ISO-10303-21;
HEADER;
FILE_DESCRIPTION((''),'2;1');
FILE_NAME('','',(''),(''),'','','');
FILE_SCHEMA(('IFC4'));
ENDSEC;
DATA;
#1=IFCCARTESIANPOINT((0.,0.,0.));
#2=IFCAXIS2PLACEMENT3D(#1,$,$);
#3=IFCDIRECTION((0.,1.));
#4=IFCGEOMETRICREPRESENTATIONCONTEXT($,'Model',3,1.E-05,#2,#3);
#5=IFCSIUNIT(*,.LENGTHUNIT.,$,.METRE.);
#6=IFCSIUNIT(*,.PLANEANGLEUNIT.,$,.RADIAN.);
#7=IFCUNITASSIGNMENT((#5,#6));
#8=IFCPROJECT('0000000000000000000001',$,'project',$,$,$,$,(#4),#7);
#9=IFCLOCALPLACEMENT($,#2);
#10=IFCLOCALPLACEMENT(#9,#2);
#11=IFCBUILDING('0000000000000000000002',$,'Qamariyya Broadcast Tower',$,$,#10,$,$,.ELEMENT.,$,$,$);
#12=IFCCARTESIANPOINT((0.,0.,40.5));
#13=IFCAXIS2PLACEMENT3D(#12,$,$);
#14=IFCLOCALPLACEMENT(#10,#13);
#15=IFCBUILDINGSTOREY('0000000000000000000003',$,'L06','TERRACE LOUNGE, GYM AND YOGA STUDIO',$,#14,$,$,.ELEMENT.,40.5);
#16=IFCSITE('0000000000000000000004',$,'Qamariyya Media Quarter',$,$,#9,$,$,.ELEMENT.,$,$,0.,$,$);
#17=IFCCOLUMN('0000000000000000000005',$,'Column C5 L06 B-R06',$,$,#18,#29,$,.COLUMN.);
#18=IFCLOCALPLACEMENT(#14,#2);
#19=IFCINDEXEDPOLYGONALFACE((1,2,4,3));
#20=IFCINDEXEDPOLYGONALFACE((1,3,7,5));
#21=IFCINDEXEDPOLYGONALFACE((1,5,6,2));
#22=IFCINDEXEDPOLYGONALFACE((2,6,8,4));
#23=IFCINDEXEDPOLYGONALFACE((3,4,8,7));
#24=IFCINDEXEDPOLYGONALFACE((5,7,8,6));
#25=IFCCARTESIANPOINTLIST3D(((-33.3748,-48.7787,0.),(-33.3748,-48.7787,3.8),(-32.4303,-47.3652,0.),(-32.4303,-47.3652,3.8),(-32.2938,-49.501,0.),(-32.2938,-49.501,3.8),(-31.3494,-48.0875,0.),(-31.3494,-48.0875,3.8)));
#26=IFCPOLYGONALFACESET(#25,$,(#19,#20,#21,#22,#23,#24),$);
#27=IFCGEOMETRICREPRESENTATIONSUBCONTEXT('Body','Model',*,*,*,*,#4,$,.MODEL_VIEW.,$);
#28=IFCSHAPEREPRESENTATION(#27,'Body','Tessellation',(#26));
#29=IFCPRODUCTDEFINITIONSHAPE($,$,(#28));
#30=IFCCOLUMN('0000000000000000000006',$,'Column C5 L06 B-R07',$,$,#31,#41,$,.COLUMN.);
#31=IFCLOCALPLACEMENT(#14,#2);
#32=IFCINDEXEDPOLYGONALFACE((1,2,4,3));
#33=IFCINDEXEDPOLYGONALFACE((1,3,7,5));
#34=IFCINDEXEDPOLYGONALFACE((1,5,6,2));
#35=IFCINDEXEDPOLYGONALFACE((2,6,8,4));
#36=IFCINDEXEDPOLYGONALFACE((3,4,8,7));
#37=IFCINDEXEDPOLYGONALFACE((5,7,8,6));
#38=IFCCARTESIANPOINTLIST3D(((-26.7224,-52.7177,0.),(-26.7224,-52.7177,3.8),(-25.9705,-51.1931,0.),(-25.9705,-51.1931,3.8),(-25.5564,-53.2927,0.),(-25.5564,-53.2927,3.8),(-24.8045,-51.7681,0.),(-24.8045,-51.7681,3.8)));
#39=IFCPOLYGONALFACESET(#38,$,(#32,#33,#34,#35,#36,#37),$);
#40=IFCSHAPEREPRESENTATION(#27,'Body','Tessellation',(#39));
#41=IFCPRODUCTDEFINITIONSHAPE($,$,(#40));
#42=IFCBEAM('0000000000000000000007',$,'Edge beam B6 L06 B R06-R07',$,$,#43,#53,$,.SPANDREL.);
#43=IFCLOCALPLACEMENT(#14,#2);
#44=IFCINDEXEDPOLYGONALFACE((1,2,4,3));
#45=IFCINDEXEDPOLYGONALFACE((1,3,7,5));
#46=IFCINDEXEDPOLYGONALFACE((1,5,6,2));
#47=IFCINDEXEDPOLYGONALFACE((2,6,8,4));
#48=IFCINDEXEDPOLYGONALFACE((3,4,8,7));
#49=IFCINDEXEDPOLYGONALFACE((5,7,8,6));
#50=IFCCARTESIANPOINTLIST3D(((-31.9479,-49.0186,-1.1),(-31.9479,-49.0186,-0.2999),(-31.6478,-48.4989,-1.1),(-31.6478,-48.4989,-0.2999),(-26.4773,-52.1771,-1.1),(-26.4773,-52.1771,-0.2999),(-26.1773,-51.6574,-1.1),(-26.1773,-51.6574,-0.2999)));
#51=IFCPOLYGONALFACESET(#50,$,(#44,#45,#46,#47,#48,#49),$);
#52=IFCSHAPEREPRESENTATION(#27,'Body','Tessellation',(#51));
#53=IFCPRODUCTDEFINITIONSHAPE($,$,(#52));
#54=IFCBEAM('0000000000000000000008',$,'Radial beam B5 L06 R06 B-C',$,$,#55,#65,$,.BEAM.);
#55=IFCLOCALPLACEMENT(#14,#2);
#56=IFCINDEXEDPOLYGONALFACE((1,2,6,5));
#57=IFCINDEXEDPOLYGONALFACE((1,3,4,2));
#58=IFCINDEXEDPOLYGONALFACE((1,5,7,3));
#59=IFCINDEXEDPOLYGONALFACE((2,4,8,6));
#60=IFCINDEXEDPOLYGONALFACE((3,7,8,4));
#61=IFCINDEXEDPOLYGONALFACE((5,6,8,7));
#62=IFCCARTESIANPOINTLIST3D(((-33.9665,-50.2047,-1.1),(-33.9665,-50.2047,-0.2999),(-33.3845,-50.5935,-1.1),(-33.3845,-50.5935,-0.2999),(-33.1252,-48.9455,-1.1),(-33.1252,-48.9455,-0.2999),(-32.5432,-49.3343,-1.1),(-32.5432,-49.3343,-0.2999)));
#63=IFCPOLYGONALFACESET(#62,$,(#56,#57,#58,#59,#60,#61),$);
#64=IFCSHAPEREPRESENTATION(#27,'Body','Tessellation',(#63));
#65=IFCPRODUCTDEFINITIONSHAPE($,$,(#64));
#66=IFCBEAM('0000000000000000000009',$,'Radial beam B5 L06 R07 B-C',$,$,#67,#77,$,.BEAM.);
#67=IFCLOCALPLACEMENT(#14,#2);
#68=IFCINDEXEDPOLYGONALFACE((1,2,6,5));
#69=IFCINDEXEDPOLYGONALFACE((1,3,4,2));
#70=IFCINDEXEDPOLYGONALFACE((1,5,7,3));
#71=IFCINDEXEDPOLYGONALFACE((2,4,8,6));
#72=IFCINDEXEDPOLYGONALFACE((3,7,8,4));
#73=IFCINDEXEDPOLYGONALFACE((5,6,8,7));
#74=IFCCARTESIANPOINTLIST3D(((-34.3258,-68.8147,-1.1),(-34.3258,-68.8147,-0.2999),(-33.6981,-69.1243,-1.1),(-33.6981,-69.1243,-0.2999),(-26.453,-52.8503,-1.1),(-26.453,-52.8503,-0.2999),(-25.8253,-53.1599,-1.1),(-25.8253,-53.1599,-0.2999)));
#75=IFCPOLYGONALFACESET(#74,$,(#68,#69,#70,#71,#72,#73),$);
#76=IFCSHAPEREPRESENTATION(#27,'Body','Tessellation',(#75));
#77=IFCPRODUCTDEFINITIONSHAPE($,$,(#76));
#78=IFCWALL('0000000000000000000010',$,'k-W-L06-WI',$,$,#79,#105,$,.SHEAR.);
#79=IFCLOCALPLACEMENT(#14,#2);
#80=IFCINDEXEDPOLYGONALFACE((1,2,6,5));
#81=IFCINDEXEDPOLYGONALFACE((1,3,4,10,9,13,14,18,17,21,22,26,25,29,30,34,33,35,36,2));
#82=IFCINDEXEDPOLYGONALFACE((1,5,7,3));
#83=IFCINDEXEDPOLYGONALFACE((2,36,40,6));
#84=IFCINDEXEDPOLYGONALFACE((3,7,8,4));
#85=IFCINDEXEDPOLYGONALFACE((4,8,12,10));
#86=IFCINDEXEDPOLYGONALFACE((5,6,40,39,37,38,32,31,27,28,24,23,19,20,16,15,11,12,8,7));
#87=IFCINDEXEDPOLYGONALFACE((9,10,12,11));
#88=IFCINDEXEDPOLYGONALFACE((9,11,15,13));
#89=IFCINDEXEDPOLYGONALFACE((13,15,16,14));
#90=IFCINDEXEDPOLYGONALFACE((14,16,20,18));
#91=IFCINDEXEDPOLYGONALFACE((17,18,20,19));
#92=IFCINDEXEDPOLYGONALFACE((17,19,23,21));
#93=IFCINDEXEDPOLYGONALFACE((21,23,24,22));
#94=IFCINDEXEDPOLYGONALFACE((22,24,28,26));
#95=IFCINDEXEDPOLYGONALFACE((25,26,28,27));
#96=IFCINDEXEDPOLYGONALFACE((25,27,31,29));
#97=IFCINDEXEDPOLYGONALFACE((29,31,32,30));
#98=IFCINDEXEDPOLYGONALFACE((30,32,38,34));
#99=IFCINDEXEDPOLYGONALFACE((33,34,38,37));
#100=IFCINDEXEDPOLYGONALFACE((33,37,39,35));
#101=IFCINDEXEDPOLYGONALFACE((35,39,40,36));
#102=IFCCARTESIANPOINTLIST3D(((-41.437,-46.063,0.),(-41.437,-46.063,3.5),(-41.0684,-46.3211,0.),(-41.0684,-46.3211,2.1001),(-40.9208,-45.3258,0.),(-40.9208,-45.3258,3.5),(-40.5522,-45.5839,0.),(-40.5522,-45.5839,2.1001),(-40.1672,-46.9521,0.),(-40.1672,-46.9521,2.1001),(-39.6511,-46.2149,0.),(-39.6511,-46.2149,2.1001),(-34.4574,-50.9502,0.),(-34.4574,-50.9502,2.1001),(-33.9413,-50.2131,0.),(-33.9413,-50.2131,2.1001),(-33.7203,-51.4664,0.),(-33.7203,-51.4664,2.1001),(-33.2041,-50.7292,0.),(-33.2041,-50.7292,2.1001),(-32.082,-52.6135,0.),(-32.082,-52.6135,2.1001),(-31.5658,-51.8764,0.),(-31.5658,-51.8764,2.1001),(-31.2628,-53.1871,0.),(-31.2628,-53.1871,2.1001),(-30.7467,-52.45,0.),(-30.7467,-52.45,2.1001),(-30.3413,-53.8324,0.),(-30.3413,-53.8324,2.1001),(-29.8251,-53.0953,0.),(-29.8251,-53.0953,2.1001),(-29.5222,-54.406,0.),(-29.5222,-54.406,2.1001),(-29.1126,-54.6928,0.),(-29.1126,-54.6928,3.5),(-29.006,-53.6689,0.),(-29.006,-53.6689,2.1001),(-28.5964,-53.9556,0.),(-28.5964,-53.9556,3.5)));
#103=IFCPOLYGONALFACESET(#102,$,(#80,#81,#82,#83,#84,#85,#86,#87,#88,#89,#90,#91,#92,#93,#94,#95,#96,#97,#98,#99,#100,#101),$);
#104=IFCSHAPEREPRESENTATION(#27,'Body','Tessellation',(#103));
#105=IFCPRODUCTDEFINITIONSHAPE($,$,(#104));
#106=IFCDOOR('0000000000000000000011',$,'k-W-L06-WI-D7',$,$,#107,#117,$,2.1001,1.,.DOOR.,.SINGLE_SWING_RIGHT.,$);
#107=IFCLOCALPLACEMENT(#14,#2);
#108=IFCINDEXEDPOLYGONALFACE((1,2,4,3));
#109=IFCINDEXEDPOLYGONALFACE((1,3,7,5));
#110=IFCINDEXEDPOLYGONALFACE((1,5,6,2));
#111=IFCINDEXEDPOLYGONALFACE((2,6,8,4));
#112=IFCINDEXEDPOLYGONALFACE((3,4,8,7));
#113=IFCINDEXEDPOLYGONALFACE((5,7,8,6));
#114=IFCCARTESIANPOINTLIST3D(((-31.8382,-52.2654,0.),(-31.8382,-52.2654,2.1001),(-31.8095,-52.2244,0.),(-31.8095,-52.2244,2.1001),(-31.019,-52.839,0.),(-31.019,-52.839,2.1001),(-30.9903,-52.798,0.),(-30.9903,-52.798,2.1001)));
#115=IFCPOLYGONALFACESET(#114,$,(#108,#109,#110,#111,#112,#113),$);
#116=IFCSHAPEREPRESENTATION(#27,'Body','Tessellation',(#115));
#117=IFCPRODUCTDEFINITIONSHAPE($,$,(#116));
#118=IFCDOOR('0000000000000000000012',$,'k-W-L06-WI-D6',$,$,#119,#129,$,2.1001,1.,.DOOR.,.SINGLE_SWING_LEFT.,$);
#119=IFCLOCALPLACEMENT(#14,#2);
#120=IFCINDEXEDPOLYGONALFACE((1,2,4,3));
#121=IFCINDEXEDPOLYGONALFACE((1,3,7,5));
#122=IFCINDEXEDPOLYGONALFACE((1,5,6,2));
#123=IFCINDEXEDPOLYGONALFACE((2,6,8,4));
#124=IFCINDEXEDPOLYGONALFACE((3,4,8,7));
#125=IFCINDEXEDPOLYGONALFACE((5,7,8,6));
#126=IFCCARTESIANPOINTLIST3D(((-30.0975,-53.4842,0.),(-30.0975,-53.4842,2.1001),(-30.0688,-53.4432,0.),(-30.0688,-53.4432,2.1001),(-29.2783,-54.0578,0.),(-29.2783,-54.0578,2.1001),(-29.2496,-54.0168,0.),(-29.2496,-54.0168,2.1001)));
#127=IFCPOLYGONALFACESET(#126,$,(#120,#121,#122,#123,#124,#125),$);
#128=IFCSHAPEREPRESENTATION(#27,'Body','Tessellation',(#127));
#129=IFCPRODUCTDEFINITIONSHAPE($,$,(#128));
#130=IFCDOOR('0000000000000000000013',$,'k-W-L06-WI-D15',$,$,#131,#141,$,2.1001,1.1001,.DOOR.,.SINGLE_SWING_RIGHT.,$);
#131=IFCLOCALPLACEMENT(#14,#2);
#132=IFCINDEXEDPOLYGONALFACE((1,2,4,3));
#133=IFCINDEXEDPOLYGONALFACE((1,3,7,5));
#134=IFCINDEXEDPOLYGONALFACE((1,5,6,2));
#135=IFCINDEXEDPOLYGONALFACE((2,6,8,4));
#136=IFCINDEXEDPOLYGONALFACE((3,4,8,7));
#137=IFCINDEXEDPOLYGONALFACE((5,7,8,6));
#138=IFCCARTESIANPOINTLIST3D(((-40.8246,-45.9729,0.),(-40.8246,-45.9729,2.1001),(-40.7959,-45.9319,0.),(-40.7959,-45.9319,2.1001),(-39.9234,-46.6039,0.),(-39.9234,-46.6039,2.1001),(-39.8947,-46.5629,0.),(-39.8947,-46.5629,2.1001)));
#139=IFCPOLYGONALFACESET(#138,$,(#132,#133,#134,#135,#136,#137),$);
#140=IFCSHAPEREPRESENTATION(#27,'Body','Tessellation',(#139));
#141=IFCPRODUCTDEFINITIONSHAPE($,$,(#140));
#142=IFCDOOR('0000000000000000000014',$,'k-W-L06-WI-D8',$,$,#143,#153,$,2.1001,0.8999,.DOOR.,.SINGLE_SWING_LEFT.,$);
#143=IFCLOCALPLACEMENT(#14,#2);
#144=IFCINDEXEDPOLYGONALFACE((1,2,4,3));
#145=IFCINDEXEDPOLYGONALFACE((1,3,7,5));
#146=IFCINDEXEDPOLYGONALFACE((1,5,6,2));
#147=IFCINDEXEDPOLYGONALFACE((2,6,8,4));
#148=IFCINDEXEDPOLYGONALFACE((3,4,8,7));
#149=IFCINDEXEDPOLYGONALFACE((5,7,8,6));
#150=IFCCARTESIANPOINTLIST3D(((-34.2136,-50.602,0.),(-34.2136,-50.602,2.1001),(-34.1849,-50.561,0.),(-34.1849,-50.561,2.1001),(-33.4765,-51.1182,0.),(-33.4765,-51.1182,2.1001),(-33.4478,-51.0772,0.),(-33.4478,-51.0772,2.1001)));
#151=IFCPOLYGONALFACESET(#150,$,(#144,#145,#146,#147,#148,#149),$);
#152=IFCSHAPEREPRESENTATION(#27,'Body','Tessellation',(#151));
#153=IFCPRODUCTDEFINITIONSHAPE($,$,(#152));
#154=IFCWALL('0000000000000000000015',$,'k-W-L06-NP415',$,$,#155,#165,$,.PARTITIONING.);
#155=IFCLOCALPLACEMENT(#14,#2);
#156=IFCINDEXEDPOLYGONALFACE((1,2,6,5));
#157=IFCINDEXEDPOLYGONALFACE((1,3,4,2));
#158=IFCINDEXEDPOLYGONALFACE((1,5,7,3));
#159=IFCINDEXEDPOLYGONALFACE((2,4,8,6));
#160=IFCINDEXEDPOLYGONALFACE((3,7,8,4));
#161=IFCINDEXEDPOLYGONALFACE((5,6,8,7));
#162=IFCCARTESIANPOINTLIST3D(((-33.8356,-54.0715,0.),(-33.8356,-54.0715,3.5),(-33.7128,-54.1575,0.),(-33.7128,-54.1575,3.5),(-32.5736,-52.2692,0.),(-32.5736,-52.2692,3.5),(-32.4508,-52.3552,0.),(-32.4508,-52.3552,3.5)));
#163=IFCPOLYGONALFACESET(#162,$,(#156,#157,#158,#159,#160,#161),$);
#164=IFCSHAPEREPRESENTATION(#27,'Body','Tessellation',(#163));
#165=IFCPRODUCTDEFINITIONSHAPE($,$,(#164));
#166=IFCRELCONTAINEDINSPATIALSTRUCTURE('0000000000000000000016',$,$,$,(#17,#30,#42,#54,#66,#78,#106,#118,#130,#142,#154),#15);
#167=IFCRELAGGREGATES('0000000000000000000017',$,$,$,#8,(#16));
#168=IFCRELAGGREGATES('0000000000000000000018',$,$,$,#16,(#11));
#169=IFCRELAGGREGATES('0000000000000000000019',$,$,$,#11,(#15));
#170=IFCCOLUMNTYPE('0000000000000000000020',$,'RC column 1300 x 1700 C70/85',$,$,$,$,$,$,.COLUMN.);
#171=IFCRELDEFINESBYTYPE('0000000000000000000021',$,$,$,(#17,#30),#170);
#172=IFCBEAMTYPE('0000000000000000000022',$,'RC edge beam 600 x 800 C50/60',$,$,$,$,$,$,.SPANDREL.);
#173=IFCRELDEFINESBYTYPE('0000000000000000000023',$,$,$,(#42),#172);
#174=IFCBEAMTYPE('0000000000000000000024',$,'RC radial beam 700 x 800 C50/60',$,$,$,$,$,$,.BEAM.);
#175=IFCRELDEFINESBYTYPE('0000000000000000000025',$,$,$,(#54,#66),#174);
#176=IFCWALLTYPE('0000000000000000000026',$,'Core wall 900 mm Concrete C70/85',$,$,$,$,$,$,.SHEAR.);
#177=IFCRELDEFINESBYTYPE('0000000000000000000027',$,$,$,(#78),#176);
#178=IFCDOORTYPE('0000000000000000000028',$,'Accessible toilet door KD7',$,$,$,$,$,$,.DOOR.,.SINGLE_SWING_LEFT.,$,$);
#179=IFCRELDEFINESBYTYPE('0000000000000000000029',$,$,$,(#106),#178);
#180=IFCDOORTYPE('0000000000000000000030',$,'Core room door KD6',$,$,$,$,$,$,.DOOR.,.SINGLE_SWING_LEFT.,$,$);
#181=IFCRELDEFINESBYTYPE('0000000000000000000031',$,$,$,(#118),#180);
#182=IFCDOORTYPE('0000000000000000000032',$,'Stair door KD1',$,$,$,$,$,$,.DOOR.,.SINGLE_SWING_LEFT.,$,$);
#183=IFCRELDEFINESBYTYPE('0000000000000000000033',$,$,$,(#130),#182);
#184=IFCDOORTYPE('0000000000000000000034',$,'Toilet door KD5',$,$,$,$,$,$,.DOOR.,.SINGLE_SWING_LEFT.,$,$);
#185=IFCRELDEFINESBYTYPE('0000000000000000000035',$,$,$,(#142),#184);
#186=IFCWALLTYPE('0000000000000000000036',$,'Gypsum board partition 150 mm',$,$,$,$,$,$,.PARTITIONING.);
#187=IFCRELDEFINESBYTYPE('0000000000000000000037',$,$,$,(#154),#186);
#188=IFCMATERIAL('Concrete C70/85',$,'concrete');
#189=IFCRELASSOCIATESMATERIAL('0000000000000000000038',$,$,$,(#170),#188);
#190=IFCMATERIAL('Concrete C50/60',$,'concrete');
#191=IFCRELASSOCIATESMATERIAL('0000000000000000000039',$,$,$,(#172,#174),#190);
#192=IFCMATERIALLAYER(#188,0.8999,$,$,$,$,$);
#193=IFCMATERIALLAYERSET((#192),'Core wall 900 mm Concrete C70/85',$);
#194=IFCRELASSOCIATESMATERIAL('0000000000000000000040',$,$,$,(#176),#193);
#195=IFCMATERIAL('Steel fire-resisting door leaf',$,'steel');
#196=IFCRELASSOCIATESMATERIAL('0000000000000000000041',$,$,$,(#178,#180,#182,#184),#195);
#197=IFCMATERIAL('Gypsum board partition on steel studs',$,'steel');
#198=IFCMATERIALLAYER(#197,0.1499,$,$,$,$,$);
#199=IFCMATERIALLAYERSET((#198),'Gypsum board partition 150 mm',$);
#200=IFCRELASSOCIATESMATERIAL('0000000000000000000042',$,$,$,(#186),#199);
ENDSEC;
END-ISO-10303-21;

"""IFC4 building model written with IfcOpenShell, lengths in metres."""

from ifc_helpers import new_model, si_unit, direction, frame, frame_2d, origin, origin_2d, place, context, subcontext, project, spatial, rectangle, extrude, material, layer, layer_set, material_profile, profile_set, type_object, element, fill, save


model = new_model("IFC4")

# Units and contexts
model_context = context("Model", 3, precision=1e-05, world=origin(), true_north=direction((0.0, 1.0)))
body_context = subcontext(model_context, "Body", "Model", "MODEL_VIEW")
ifc_project = project(units=[si_unit("LENGTHUNIT", "METRE"), si_unit("PLANEANGLEUNIT", "RADIAN")], contexts=[model_context])

# Site, building, storey
site_placement = place(None, origin())
site = spatial("IfcSite", under=ifc_project, at=site_placement, Name="Qamariyya Media Quarter", CompositionType="ELEMENT", RefElevation=0.0)
building_placement = place(site_placement, origin())
building = spatial("IfcBuilding", under=site, at=building_placement, Name="Qamariyya Broadcast Tower", CompositionType="ELEMENT")
storey_placement = place(building_placement, frame((0.0, 0.0, 40.5)))
storey = spatial("IfcBuildingStorey", under=building, at=storey_placement, Name="L06", Description="TERRACE LOUNGE, GYM AND YOGA STUDIO", CompositionType="ELEMENT", Elevation=40.5)

# Columns
ifc_material_1 = material(Name="Concrete C70/85", Category="concrete")
ifc_material_profile_1 = material_profile(ifc_material_1, rectangle(XDim=1.3, YDim=1.7, at=origin_2d()))
ifc_profile_set_1 = profile_set([ifc_material_profile_1], Name="Concrete C70/85")
column_type = type_object("IfcColumnType", Name="RC column 1300 x 1700 C70/85", PredefinedType="COLUMN", material=ifc_profile_set_1)
for number, where, z_axis, x_axis, name in (
    (1, (-32.3621, -48.4331, 0.0), (0.0, 0.0, 1.0), (0.83147, -0.55557, 0.0), "Column C5 L06 B-R06"),
    (2, (-25.7634, -52.2429, 0.0), (0.0, 0.0, 1.0), (0.896873, -0.442289, 0.0), "Column C5 L06 B-R07"),
):
    element("IfcColumn", number, at=place(storey_placement, frame(where, z_axis=z_axis, x_axis=x_axis)), inside=storey, type_object=column_type, Name=name, PredefinedType="COLUMN", context=body_context, shape_type="SweptSolid", body=[
        extrude(rectangle(XDim=1.3, YDim=1.7, at=origin_2d()), origin(), (0.0, 0.0, 1.0), 3.8),
    ])

# Beams
ifc_material_2 = material(Name="Concrete C50/60", Category="concrete")
ifc_material_profile_2 = material_profile(ifc_material_2, rectangle(XDim=0.6001, YDim=0.8, at=origin_2d()))
ifc_profile_set_2 = profile_set([ifc_material_profile_2], Name="Concrete C50/60")
beam_type_1 = type_object("IfcBeamType", Name="RC edge beam 600 x 800 C50/60", PredefinedType="SPANDREL", material=ifc_profile_set_2)
beam_1_placement = place(storey_placement, frame((-31.7979, -48.7588, -0.7), z_axis=(0.86602, -0.500009, 0.0), x_axis=(0.500009, 0.86602, 0.0)))
element("IfcBeam", 3, at=beam_1_placement, inside=storey, type_object=beam_type_1, Name="Edge beam B6 L06 B R06-R07", PredefinedType="SPANDREL", context=body_context, shape_type="SweptSolid", body=[
    extrude(rectangle(XDim=0.6001, YDim=0.8, at=origin_2d()), origin(), (0.0, 0.0, 1.0), 6.3169),
])
ifc_material_profile_3 = material_profile(ifc_material_2, rectangle(XDim=0.7, YDim=0.8, at=origin_2d()))
ifc_profile_set_3 = profile_set([ifc_material_profile_3], Name="Concrete C50/60")
beam_type_2 = type_object("IfcBeamType", Name="RC radial beam 700 x 800 C50/60", PredefinedType="BEAM", material=ifc_profile_set_3)
beam_2_placement = place(storey_placement, frame((-32.8342, -49.1399, -0.7), z_axis=(-0.555518, -0.831504, 0.0), x_axis=(0.831504, -0.555518, 0.0)))
element("IfcBeam", 4, at=beam_2_placement, inside=storey, type_object=beam_type_2, Name="Radial beam B5 L06 R06 B-C", PredefinedType="BEAM", context=body_context, shape_type="SweptSolid", body=[
    extrude(rectangle(XDim=0.7, YDim=0.8, at=origin_2d()), origin(), (0.0, 0.0, 1.0), 1.5144),
])
beam_3_placement = place(storey_placement, frame((-26.1392, -53.0051, -0.7), z_axis=(-0.442291, -0.896872, 0.0), x_axis=(0.896872, -0.442291, 0.0)))
element("IfcBeam", 5, at=beam_3_placement, inside=storey, type_object=beam_type_2, Name="Radial beam B5 L06 R07 B-C", PredefinedType="BEAM", context=body_context, shape_type="SweptSolid", body=[
    extrude(rectangle(XDim=0.7, YDim=0.8, at=origin_2d()), origin(), (0.0, 0.0, 1.0), 17.8),
])

# Wall, openings, doors
ifc_layer_1 = layer(ifc_material_1, 0.8999)
ifc_layer_set_1 = layer_set([ifc_layer_1], Name="Core wall 900 mm Concrete C70/85")
wall_type_1 = type_object("IfcWallType", Name="Core wall 900 mm Concrete C70/85", PredefinedType="SHEAR", material=ifc_layer_set_1)
wall_1_placement = place(storey_placement, frame((-28.8545, -54.3242, 0.0), z_axis=(0.0, 0.0, 1.0), x_axis=(-0.819146, 0.573585, 0.0)))
wall_1 = element("IfcWall", 6, at=wall_1_placement, inside=storey, type_object=wall_type_1, Name="k-W-L06-WI", PredefinedType="SHEAR", context=body_context, shape_type="SweptSolid", body=[
    extrude(rectangle(XDim=15.0454, YDim=0.8999, at=frame_2d((7.5227, 0.0))), origin(), (0.0, 0.0, 1.0), 3.5),
])
opening_1_placement = place(wall_1_placement, frame((0.5, 0.0, 0.0)))
opening_1 = element("IfcOpeningElement", 7, at=opening_1_placement, cuts=wall_1, PredefinedType="OPENING", context=body_context, shape_type="SweptSolid", body=[
    extrude(rectangle(XDim=1.0, YDim=2.1001, at=frame_2d((0.5, 1.05))), frame((0.0, 0.46, 0.0), z_axis=(0.0, -1.0, 0.0), x_axis=(1.0, 0.0, 0.0)), (0.0, 0.0, 1.0), 0.9199),
])
opening_2_placement = place(wall_1_placement, frame((2.625, 0.0, 0.0)))
opening_2 = element("IfcOpeningElement", 8, at=opening_2_placement, cuts=wall_1, PredefinedType="OPENING", context=body_context, shape_type="SweptSolid", body=[
    extrude(rectangle(XDim=1.0, YDim=2.1001, at=frame_2d((0.5, 1.05))), frame((0.0, 0.46, 0.0), z_axis=(0.0, -1.0, 0.0), x_axis=(1.0, 0.0, 0.0)), (0.0, 0.0, 1.0), 0.9199),
])
opening_3_placement = place(wall_1_placement, frame((5.625, 0.0, 0.0)))
opening_3 = element("IfcOpeningElement", 9, at=opening_3_placement, cuts=wall_1, PredefinedType="OPENING", context=body_context, shape_type="SweptSolid", body=[
    extrude(rectangle(XDim=0.8999, YDim=2.1001, at=frame_2d((0.45, 1.05))), frame((0.0, 0.46, 0.0), z_axis=(0.0, -1.0, 0.0), x_axis=(1.0, 0.0, 0.0)), (0.0, 0.0, 1.0), 0.9199),
])
opening_4_placement = place(wall_1_placement, frame((13.4954, 0.0, 0.0)))
opening_4 = element("IfcOpeningElement", 10, at=opening_4_placement, cuts=wall_1, PredefinedType="OPENING", context=body_context, shape_type="SweptSolid", body=[
    extrude(rectangle(XDim=1.1001, YDim=2.1001, at=frame_2d((0.55, 1.05))), frame((0.0, 0.46, 0.0), z_axis=(0.0, -1.0, 0.0), x_axis=(1.0, 0.0, 0.0)), (0.0, 0.0, 1.0), 0.9199),
])
ifc_material_3 = material(Name="Steel fire-resisting door leaf", Category="steel")
door_type_1 = type_object("IfcDoorType", Name="Accessible toilet door KD7", OperationType="SINGLE_SWING_LEFT", PredefinedType="DOOR", material=ifc_material_3)
door_1_placement = place(opening_2_placement, origin())
door_1 = element("IfcDoor", 11, at=door_1_placement, inside=storey, type_object=door_type_1, Name="k-W-L06-WI-D7", OperationType="SINGLE_SWING_RIGHT", OverallHeight=2.1001, OverallWidth=1.0, PredefinedType="DOOR", context=body_context, shape_type="SweptSolid", body=[
    extrude(rectangle(XDim=1.0, YDim=2.1001, at=frame_2d((0.5, 1.05))), frame((0.0, 0.0249, 0.0), z_axis=(0.0, -1.0, 0.0), x_axis=(1.0, 0.0, 0.0)), (0.0, 0.0, 1.0), 0.05),
])
fill(opening_2, door_1)
door_type_2 = type_object("IfcDoorType", Name="Core room door KD6", OperationType="SINGLE_SWING_LEFT", PredefinedType="DOOR", material=ifc_material_3)
door_2_placement = place(opening_1_placement, origin())
door_2 = element("IfcDoor", 12, at=door_2_placement, inside=storey, type_object=door_type_2, Name="k-W-L06-WI-D6", OperationType="SINGLE_SWING_LEFT", OverallHeight=2.1001, OverallWidth=1.0, PredefinedType="DOOR", context=body_context, shape_type="SweptSolid", body=[
    extrude(rectangle(XDim=1.0, YDim=2.1001, at=frame_2d((0.5, 1.05))), frame((0.0, 0.0249, 0.0), z_axis=(0.0, -1.0, 0.0), x_axis=(1.0, 0.0, 0.0)), (0.0, 0.0, 1.0), 0.05),
])
fill(opening_1, door_2)
door_type_3 = type_object("IfcDoorType", Name="Stair door KD1", OperationType="SINGLE_SWING_LEFT", PredefinedType="DOOR", material=ifc_material_3)
door_3_placement = place(opening_4_placement, origin())
door_3 = element("IfcDoor", 13, at=door_3_placement, inside=storey, type_object=door_type_3, Name="k-W-L06-WI-D15", OperationType="SINGLE_SWING_RIGHT", OverallHeight=2.1001, OverallWidth=1.1001, PredefinedType="DOOR", context=body_context, shape_type="SweptSolid", body=[
    extrude(rectangle(XDim=1.1001, YDim=2.1001, at=frame_2d((0.55, 1.05))), frame((0.0, 0.0249, 0.0), z_axis=(0.0, -1.0, 0.0), x_axis=(1.0, 0.0, 0.0)), (0.0, 0.0, 1.0), 0.05),
])
fill(opening_4, door_3)
door_type_4 = type_object("IfcDoorType", Name="Toilet door KD5", OperationType="SINGLE_SWING_LEFT", PredefinedType="DOOR", material=ifc_material_3)
door_4_placement = place(opening_3_placement, origin())
door_4 = element("IfcDoor", 14, at=door_4_placement, inside=storey, type_object=door_type_4, Name="k-W-L06-WI-D8", OperationType="SINGLE_SWING_LEFT", OverallHeight=2.1001, OverallWidth=0.8999, PredefinedType="DOOR", context=body_context, shape_type="SweptSolid", body=[
    extrude(rectangle(XDim=0.8999, YDim=2.1001, at=frame_2d((0.45, 1.05))), frame((0.0, 0.0249, 0.0), z_axis=(0.0, -1.0, 0.0), x_axis=(1.0, 0.0, 0.0)), (0.0, 0.0, 1.0), 0.05),
])
fill(opening_3, door_4)

# Wall
ifc_material_4 = material(Name="Gypsum board partition on steel studs", Category="steel")
ifc_layer_2 = layer(ifc_material_4, 0.1499)
ifc_layer_set_2 = layer_set([ifc_layer_2], Name="Gypsum board partition 150 mm")
wall_type_2 = type_object("IfcWallType", Name="Gypsum board partition 150 mm", PredefinedType="PARTITIONING", material=ifc_layer_set_2)
wall_2_placement = place(storey_placement, frame((-33.7742, -54.1145, 0.0), z_axis=(0.0, 0.0, 1.0), x_axis=(0.573581, 0.819149, 0.0)))
element("IfcWall", 15, at=wall_2_placement, inside=storey, type_object=wall_type_2, Name="k-W-L06-NP415", PredefinedType="PARTITIONING", context=body_context, shape_type="SweptSolid", body=[
    extrude(rectangle(XDim=2.2002, YDim=0.1499, at=frame_2d((1.1001, 0.0))), origin(), (0.0, 0.0, 1.0), 3.5),
])

save(model, "model.ifc")
